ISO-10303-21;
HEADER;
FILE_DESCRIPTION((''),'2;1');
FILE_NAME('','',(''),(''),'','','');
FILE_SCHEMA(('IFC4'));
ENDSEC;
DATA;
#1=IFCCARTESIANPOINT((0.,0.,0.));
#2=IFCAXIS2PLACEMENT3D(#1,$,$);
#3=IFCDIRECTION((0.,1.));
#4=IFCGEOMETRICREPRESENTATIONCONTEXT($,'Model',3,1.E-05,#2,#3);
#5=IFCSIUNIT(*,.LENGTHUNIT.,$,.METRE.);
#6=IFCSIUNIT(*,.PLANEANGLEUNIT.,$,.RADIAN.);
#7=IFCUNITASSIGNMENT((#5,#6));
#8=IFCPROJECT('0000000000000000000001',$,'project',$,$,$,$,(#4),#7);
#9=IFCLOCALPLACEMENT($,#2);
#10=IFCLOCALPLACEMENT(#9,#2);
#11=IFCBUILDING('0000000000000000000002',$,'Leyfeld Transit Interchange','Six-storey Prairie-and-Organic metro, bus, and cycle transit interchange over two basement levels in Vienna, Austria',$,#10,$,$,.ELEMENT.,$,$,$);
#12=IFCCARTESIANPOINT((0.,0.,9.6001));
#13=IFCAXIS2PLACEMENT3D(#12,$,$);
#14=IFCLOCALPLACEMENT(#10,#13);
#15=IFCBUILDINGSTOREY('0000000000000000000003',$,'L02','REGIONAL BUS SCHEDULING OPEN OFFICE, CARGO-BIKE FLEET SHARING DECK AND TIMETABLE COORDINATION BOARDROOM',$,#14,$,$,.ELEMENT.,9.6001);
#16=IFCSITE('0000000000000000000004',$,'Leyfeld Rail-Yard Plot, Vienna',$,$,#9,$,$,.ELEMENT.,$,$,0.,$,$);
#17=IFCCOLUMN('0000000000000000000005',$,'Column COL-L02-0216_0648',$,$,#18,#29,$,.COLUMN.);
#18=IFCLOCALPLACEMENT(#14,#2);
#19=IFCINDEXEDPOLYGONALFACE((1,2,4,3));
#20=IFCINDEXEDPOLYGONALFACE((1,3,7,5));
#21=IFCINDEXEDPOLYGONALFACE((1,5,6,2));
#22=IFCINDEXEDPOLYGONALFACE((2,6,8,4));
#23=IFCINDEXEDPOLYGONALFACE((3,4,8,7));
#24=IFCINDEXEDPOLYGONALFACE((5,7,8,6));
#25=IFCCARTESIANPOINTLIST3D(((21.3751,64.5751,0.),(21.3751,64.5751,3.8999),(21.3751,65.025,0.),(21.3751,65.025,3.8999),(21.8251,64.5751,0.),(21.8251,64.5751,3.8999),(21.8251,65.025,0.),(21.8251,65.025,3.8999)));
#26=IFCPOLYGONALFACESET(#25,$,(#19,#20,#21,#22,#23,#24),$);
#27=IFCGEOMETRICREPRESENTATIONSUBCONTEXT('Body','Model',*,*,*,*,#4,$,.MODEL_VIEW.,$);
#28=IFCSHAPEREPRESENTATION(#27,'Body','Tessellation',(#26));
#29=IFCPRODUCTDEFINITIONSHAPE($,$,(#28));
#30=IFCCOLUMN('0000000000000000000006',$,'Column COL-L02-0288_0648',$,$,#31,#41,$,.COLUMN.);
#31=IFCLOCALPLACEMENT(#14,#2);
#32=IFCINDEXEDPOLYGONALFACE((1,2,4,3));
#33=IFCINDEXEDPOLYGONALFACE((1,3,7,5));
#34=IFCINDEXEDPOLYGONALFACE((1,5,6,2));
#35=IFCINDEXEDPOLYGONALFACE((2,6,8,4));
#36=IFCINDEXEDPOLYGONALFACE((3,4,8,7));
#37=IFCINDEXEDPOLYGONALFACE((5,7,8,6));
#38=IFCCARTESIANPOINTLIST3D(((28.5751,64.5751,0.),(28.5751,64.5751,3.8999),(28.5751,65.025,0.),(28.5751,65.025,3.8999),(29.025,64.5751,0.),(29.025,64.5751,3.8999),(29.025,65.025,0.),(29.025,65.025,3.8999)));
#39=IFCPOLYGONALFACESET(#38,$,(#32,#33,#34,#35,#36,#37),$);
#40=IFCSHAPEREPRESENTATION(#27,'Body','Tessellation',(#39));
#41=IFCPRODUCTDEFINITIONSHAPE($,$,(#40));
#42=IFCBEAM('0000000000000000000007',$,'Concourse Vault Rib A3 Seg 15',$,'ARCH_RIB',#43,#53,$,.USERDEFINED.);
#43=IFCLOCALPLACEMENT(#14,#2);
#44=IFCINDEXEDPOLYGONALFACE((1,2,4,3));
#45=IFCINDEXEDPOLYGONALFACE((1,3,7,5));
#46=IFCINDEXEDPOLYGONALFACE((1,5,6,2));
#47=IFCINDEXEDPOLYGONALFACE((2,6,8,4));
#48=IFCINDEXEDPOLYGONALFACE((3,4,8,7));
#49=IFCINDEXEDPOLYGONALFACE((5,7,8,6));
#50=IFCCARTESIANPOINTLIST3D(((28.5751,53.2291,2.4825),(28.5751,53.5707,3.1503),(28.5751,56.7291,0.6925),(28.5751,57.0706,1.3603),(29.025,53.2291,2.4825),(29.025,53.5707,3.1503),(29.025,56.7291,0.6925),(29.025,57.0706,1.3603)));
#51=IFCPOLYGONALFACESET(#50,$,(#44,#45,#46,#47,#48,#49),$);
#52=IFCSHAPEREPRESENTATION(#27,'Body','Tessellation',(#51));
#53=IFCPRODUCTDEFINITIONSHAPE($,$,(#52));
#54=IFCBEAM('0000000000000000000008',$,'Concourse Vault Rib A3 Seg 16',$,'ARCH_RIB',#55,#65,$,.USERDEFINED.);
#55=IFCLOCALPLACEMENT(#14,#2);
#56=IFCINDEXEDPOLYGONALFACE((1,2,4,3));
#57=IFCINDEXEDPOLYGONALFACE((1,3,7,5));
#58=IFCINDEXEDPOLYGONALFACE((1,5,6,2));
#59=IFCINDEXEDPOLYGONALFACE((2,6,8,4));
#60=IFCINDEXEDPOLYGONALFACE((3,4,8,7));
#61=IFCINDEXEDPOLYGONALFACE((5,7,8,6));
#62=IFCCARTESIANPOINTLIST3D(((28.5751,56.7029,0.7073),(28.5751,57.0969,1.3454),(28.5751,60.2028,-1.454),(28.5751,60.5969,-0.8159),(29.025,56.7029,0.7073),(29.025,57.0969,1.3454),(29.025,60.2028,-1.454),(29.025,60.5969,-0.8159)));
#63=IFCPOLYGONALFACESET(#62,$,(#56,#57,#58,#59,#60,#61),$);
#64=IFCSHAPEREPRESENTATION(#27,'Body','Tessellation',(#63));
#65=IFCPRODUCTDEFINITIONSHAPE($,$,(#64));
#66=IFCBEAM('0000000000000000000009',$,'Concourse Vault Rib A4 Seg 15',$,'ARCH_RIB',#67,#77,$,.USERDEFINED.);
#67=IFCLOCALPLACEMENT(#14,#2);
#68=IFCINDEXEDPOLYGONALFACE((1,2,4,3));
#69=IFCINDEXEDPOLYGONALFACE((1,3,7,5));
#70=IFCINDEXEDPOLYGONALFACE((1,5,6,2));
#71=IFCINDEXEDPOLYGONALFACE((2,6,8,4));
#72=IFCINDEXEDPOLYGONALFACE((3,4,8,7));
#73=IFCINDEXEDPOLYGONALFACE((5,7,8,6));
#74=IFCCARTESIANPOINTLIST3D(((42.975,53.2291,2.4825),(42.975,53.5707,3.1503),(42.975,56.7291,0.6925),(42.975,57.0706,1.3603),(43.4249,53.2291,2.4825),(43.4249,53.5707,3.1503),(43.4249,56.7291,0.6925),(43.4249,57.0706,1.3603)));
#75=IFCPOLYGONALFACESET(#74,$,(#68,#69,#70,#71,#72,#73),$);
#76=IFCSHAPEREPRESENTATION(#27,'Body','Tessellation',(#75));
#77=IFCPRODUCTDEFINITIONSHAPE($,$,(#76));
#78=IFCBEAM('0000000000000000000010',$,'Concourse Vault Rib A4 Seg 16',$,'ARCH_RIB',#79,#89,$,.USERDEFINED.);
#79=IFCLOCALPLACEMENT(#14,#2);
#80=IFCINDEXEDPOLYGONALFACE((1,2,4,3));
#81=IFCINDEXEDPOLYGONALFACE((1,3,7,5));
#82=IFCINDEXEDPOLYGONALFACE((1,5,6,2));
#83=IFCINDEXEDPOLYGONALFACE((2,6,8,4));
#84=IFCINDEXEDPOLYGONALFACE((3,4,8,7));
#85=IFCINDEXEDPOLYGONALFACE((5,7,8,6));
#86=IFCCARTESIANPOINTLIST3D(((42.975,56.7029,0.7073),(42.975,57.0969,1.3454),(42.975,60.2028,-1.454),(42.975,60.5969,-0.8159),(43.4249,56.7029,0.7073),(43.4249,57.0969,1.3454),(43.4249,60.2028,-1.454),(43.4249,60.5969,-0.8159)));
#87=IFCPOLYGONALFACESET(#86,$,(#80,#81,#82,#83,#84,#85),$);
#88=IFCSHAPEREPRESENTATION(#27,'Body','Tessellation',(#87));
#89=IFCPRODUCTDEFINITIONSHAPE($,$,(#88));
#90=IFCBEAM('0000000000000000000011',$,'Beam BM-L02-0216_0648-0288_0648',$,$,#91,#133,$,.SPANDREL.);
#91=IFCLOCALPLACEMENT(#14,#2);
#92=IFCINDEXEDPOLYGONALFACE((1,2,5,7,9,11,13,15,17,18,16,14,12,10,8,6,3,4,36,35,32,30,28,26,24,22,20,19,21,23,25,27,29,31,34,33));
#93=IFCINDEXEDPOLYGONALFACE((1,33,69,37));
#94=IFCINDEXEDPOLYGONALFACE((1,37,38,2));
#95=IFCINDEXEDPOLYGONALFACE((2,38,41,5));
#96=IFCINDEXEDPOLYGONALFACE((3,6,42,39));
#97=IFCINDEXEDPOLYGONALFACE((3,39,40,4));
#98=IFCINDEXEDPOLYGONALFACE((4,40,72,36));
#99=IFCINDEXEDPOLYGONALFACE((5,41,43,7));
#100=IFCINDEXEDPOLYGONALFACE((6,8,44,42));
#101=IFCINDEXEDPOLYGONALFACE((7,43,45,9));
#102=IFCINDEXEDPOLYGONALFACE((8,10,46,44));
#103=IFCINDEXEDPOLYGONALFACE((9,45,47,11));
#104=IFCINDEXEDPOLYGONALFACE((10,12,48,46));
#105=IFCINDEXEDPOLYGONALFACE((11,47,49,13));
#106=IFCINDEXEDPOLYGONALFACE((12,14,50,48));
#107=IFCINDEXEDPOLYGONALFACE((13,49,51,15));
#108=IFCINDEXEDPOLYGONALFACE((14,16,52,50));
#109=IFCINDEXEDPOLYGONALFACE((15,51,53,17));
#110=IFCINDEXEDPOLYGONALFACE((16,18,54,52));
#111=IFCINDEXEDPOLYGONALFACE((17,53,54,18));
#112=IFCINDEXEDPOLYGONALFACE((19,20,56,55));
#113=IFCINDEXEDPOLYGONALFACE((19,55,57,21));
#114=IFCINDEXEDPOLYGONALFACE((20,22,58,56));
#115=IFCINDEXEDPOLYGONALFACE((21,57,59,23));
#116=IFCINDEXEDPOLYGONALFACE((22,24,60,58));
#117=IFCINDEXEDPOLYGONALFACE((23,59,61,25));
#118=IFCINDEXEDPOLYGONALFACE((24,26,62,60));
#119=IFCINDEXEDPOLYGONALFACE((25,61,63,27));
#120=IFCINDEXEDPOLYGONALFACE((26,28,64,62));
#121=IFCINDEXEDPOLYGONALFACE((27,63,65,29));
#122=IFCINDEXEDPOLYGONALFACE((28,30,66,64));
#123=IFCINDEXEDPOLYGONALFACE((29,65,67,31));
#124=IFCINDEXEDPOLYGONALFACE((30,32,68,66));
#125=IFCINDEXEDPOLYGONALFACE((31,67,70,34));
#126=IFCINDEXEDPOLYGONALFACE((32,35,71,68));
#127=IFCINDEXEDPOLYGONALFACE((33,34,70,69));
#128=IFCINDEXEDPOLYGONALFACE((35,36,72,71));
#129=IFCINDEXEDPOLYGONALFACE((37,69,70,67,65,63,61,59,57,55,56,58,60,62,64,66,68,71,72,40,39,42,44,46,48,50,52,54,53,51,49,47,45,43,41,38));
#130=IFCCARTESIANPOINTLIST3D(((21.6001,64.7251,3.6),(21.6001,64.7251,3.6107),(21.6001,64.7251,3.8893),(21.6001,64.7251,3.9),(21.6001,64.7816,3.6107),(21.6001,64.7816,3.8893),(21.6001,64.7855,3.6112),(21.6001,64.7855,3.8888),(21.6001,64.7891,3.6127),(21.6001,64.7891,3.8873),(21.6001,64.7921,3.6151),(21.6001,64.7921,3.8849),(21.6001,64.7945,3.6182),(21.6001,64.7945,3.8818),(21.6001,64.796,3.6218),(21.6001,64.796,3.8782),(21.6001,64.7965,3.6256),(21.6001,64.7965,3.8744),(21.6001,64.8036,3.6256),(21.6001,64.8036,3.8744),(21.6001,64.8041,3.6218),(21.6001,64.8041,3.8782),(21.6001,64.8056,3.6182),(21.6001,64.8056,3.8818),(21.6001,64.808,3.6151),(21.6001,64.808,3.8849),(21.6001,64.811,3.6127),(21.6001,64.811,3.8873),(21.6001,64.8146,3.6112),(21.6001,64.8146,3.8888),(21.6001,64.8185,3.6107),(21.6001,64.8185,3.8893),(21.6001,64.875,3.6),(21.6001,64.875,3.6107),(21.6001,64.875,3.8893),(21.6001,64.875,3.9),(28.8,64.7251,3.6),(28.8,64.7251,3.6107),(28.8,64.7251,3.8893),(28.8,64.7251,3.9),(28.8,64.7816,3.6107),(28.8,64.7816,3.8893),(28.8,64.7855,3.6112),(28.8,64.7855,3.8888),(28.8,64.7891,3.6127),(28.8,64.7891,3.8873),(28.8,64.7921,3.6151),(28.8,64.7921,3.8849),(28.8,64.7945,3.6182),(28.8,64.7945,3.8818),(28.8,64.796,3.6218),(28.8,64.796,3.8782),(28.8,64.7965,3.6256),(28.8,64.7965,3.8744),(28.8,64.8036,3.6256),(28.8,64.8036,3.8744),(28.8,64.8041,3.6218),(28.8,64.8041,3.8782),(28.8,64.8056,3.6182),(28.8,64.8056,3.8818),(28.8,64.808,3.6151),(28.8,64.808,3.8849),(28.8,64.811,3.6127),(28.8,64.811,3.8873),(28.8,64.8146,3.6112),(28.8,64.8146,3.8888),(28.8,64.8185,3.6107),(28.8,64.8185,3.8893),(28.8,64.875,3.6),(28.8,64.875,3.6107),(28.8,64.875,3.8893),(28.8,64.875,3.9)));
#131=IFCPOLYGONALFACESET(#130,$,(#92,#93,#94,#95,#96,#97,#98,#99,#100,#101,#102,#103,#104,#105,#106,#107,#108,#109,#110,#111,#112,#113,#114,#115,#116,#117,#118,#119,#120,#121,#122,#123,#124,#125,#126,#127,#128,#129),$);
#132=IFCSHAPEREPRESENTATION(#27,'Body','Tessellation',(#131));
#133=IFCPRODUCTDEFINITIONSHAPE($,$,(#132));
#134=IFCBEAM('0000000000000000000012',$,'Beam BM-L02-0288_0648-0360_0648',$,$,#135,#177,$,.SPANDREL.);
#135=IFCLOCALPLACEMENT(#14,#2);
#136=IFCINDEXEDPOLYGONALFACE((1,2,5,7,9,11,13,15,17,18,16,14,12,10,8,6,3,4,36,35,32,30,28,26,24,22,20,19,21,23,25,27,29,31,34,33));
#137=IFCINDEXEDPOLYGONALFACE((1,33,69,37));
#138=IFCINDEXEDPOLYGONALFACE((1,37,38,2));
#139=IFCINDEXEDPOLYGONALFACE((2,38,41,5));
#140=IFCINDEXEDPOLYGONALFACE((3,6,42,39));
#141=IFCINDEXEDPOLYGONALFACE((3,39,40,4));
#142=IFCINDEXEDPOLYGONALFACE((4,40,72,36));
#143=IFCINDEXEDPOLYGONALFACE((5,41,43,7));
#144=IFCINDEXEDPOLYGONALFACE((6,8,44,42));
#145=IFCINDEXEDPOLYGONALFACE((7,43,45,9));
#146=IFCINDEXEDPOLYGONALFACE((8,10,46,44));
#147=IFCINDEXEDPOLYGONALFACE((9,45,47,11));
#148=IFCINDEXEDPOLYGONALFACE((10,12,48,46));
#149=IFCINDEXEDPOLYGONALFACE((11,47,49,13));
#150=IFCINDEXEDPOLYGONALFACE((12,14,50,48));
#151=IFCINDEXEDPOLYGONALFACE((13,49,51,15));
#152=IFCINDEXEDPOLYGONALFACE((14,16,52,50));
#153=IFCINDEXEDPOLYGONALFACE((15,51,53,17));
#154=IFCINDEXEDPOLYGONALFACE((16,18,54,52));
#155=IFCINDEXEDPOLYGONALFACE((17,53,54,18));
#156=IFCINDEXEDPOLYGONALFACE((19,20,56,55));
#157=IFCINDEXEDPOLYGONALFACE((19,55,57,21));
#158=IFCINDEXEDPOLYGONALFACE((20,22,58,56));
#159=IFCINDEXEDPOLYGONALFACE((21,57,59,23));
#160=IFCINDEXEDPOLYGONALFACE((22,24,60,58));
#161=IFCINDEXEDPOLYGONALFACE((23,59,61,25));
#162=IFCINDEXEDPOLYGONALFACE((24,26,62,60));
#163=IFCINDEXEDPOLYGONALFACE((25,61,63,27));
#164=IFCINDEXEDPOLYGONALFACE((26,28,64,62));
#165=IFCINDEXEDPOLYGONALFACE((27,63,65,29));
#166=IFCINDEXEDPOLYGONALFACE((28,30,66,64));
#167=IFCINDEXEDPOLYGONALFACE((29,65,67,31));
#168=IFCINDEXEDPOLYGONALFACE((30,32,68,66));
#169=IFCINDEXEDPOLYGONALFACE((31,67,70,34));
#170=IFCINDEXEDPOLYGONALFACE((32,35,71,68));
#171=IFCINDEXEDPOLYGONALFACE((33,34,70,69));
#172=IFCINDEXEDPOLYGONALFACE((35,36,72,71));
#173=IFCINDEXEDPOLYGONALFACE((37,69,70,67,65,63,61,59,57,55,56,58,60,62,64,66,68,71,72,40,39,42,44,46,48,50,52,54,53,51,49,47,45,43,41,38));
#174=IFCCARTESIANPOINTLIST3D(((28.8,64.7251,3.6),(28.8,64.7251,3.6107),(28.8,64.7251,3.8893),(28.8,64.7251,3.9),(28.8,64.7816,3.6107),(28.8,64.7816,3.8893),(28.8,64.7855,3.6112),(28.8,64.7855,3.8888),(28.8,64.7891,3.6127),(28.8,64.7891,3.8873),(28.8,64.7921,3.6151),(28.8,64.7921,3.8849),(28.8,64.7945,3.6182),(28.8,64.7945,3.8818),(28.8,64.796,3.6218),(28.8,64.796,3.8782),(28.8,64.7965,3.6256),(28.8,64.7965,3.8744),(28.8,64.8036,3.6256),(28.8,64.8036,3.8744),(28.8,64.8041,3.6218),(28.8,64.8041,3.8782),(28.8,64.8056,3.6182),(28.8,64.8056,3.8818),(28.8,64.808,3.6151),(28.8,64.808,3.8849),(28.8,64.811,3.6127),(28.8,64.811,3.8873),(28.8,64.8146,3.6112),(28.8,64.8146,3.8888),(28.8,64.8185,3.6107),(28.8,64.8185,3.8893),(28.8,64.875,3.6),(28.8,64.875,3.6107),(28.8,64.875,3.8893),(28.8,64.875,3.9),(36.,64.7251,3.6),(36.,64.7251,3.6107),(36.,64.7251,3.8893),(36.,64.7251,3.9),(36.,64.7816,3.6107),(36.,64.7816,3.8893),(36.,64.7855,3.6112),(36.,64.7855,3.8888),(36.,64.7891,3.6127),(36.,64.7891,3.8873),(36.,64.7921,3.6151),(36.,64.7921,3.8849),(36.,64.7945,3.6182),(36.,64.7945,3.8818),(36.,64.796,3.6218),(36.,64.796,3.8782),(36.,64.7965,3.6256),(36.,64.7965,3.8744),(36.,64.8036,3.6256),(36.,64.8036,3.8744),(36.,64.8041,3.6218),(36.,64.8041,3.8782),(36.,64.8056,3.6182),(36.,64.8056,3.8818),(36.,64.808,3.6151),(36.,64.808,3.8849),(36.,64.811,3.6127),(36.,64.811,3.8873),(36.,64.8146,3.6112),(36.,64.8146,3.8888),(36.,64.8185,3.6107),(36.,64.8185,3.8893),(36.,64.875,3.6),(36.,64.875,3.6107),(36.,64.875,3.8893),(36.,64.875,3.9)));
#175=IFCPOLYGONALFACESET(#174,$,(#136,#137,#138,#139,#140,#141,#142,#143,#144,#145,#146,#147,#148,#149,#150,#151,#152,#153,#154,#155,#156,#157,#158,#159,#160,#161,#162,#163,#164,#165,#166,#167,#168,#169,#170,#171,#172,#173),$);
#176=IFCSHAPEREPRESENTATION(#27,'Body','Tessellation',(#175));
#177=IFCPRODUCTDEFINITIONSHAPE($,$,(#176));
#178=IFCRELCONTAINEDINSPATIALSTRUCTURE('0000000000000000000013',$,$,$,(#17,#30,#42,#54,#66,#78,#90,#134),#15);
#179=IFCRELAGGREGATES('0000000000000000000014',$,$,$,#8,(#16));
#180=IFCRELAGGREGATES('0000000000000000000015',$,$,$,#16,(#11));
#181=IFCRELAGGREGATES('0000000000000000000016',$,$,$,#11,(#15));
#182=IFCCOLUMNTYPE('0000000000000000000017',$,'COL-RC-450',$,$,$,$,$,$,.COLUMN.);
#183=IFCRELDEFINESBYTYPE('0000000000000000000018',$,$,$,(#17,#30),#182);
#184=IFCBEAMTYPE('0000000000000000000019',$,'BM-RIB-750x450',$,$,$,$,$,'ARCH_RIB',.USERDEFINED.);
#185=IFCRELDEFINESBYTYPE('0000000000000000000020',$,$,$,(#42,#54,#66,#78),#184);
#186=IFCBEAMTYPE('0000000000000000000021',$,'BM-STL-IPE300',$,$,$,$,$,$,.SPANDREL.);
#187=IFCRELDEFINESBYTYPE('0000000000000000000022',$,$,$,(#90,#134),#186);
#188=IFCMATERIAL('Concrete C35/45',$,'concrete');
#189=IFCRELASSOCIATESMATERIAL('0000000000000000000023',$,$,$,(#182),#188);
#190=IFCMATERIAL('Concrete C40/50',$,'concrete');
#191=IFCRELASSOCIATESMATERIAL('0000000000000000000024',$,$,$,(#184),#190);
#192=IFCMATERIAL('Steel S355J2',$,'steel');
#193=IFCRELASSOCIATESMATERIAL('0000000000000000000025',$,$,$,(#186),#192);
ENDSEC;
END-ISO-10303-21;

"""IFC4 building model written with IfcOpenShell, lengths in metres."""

from ifc_helpers import new_model, si_unit, direction, frame, origin, origin_2d, place, context, subcontext, project, spatial, rectangle, i_section, extrude, material, material_profile, profile_set, type_object, element, save


model = new_model("IFC4")

# Units and contexts
model_context = context("Model", 3, precision=1e-05, world=origin(), true_north=direction((0.0, 1.0)))
body_context = subcontext(model_context, "Body", "Model", "MODEL_VIEW")
ifc_project = project(units=[si_unit("LENGTHUNIT", "METRE"), si_unit("PLANEANGLEUNIT", "RADIAN")], contexts=[model_context])

# Site, building, storey
site_placement = place(None, origin())
site = spatial("IfcSite", under=ifc_project, at=site_placement, Name="Leyfeld Rail-Yard Plot, Vienna", CompositionType="ELEMENT", RefElevation=0.0)
building_placement = place(site_placement, origin())
building = spatial("IfcBuilding", under=site, at=building_placement, Name="Leyfeld Transit Interchange", Description="Six-storey Prairie-and-Organic metro, bus, and cycle transit interchange over two basement levels in Vienna, Austria", CompositionType="ELEMENT")
storey_placement = place(building_placement, frame((0.0, 0.0, 9.6001)))
storey = spatial("IfcBuildingStorey", under=building, at=storey_placement, Name="L02", Description="REGIONAL BUS SCHEDULING OPEN OFFICE, CARGO-BIKE FLEET SHARING DECK AND TIMETABLE COORDINATION BOARDROOM", CompositionType="ELEMENT", Elevation=9.6001)

# Columns
ifc_material_1 = material(Name="Concrete C35/45", Category="concrete")
ifc_material_profile_1 = material_profile(ifc_material_1, rectangle(XDim=0.45, YDim=0.45, at=origin_2d()), Name="RC 450x450")
ifc_profile_set_1 = profile_set([ifc_material_profile_1], Name="Concrete C35/45")
column_type = type_object("IfcColumnType", Name="COL-RC-450", PredefinedType="COLUMN", material=ifc_profile_set_1)
for number, where, z_axis, x_axis, name in (
    (1, (21.6001, 64.8, 0.0), (0.0, 0.0, 1.0), (1.0, 0.0, 0.0), "Column COL-L02-0216_0648"),
    (2, (28.8, 64.8, 0.0), (0.0, 0.0, 1.0), (1.0, 0.0, 0.0), "Column COL-L02-0288_0648"),
):
    element("IfcColumn", number, at=place(storey_placement, frame(where, z_axis=z_axis, x_axis=x_axis)), inside=storey, type_object=column_type, Name=name, PredefinedType="COLUMN", context=body_context, shape_type="SweptSolid", body=[
        extrude(rectangle(XDim=0.45, YDim=0.45, at=origin_2d()), origin(), (0.0, 0.0, 1.0), 3.8999),
    ])

# Beams
ifc_material_2 = material(Name="Concrete C40/50", Category="concrete")
ifc_material_profile_2 = material_profile(ifc_material_2, rectangle(XDim=0.45, YDim=0.75, at=origin_2d()), Name="RC 750x450 RIB")
ifc_profile_set_2 = profile_set([ifc_material_profile_2], Name="Concrete C40/50")
beam_type_1 = type_object("IfcBeamType", Name="BM-RIB-750x450", ElementType="ARCH_RIB", PredefinedType="USERDEFINED", material=ifc_profile_set_2)
beam_1_placement = place(storey_placement, frame((28.8, 53.3999, 2.8164), z_axis=(0.0, 0.890316, -0.455343), x_axis=(-1.0, 0.0, 0.0)))
element("IfcBeam", 3, at=beam_1_placement, inside=storey, type_object=beam_type_1, Name="Concourse Vault Rib A3 Seg 15", ObjectType="ARCH_RIB", PredefinedType="USERDEFINED", context=body_context, shape_type="SweptSolid", body=[
    extrude(rectangle(XDim=0.45, YDim=0.75, at=origin_2d()), origin(), (0.0, 0.0, 1.0), 3.9312),
])
beam_2_placement = place(storey_placement, frame((28.8, 56.8999, 1.0264), z_axis=(0.0, 0.85084, -0.525425), x_axis=(-1.0, 0.0, 0.0)))
element("IfcBeam", 4, at=beam_2_placement, inside=storey, type_object=beam_type_1, Name="Concourse Vault Rib A3 Seg 16", ObjectType="ARCH_RIB", PredefinedType="USERDEFINED", context=body_context, shape_type="SweptSolid", body=[
    extrude(rectangle(XDim=0.45, YDim=0.75, at=origin_2d()), origin(), (0.0, 0.0, 1.0), 4.1135),
])
beam_3_placement = place(storey_placement, frame((43.2, 53.3999, 2.8164), z_axis=(0.0, 0.890316, -0.455343), x_axis=(-1.0, 0.0, 0.0)))
element("IfcBeam", 5, at=beam_3_placement, inside=storey, type_object=beam_type_1, Name="Concourse Vault Rib A4 Seg 15", ObjectType="ARCH_RIB", PredefinedType="USERDEFINED", context=body_context, shape_type="SweptSolid", body=[
    extrude(rectangle(XDim=0.45, YDim=0.75, at=origin_2d()), origin(), (0.0, 0.0, 1.0), 3.9312),
])
beam_4_placement = place(storey_placement, frame((43.2, 56.8999, 1.0264), z_axis=(0.0, 0.85084, -0.525425), x_axis=(-1.0, 0.0, 0.0)))
element("IfcBeam", 6, at=beam_4_placement, inside=storey, type_object=beam_type_1, Name="Concourse Vault Rib A4 Seg 16", ObjectType="ARCH_RIB", PredefinedType="USERDEFINED", context=body_context, shape_type="SweptSolid", body=[
    extrude(rectangle(XDim=0.45, YDim=0.75, at=origin_2d()), origin(), (0.0, 0.0, 1.0), 4.1135),
])
ifc_material_3 = material(Name="Steel S355J2", Category="steel")
ifc_material_profile_3 = material_profile(ifc_material_3, i_section(OverallWidth=0.1499, OverallDepth=0.3, WebThickness=0.0071, FlangeThickness=0.0107, FilletRadius=0.0149, at=origin_2d()), Name="IPE 300")
ifc_profile_set_3 = profile_set([ifc_material_profile_3], Name="Steel S355J2")
beam_type_2 = type_object("IfcBeamType", Name="BM-STL-IPE300", PredefinedType="SPANDREL", material=ifc_profile_set_3)
for number, where, z_axis, x_axis, name in (
    (7, (21.6001, 64.8, 3.75), (1.0, 0.0, 0.0), (0.0, 1.0, 0.0), "Beam BM-L02-0216_0648-0288_0648"),
    (8, (28.8, 64.8, 3.75), (1.0, 0.0, 0.0), (0.0, 1.0, 0.0), "Beam BM-L02-0288_0648-0360_0648"),
):
    element("IfcBeam", number, at=place(storey_placement, frame(where, z_axis=z_axis, x_axis=x_axis)), inside=storey, type_object=beam_type_2, Name=name, PredefinedType="SPANDREL", context=body_context, shape_type="SweptSolid", body=[
        extrude(i_section(OverallWidth=0.1499, OverallDepth=0.3, WebThickness=0.0071, FlangeThickness=0.0107, FilletRadius=0.0149, at=origin_2d()), origin(), (0.0, 0.0, 1.0), 7.2),
    ])

save(model, "model.ifc")
